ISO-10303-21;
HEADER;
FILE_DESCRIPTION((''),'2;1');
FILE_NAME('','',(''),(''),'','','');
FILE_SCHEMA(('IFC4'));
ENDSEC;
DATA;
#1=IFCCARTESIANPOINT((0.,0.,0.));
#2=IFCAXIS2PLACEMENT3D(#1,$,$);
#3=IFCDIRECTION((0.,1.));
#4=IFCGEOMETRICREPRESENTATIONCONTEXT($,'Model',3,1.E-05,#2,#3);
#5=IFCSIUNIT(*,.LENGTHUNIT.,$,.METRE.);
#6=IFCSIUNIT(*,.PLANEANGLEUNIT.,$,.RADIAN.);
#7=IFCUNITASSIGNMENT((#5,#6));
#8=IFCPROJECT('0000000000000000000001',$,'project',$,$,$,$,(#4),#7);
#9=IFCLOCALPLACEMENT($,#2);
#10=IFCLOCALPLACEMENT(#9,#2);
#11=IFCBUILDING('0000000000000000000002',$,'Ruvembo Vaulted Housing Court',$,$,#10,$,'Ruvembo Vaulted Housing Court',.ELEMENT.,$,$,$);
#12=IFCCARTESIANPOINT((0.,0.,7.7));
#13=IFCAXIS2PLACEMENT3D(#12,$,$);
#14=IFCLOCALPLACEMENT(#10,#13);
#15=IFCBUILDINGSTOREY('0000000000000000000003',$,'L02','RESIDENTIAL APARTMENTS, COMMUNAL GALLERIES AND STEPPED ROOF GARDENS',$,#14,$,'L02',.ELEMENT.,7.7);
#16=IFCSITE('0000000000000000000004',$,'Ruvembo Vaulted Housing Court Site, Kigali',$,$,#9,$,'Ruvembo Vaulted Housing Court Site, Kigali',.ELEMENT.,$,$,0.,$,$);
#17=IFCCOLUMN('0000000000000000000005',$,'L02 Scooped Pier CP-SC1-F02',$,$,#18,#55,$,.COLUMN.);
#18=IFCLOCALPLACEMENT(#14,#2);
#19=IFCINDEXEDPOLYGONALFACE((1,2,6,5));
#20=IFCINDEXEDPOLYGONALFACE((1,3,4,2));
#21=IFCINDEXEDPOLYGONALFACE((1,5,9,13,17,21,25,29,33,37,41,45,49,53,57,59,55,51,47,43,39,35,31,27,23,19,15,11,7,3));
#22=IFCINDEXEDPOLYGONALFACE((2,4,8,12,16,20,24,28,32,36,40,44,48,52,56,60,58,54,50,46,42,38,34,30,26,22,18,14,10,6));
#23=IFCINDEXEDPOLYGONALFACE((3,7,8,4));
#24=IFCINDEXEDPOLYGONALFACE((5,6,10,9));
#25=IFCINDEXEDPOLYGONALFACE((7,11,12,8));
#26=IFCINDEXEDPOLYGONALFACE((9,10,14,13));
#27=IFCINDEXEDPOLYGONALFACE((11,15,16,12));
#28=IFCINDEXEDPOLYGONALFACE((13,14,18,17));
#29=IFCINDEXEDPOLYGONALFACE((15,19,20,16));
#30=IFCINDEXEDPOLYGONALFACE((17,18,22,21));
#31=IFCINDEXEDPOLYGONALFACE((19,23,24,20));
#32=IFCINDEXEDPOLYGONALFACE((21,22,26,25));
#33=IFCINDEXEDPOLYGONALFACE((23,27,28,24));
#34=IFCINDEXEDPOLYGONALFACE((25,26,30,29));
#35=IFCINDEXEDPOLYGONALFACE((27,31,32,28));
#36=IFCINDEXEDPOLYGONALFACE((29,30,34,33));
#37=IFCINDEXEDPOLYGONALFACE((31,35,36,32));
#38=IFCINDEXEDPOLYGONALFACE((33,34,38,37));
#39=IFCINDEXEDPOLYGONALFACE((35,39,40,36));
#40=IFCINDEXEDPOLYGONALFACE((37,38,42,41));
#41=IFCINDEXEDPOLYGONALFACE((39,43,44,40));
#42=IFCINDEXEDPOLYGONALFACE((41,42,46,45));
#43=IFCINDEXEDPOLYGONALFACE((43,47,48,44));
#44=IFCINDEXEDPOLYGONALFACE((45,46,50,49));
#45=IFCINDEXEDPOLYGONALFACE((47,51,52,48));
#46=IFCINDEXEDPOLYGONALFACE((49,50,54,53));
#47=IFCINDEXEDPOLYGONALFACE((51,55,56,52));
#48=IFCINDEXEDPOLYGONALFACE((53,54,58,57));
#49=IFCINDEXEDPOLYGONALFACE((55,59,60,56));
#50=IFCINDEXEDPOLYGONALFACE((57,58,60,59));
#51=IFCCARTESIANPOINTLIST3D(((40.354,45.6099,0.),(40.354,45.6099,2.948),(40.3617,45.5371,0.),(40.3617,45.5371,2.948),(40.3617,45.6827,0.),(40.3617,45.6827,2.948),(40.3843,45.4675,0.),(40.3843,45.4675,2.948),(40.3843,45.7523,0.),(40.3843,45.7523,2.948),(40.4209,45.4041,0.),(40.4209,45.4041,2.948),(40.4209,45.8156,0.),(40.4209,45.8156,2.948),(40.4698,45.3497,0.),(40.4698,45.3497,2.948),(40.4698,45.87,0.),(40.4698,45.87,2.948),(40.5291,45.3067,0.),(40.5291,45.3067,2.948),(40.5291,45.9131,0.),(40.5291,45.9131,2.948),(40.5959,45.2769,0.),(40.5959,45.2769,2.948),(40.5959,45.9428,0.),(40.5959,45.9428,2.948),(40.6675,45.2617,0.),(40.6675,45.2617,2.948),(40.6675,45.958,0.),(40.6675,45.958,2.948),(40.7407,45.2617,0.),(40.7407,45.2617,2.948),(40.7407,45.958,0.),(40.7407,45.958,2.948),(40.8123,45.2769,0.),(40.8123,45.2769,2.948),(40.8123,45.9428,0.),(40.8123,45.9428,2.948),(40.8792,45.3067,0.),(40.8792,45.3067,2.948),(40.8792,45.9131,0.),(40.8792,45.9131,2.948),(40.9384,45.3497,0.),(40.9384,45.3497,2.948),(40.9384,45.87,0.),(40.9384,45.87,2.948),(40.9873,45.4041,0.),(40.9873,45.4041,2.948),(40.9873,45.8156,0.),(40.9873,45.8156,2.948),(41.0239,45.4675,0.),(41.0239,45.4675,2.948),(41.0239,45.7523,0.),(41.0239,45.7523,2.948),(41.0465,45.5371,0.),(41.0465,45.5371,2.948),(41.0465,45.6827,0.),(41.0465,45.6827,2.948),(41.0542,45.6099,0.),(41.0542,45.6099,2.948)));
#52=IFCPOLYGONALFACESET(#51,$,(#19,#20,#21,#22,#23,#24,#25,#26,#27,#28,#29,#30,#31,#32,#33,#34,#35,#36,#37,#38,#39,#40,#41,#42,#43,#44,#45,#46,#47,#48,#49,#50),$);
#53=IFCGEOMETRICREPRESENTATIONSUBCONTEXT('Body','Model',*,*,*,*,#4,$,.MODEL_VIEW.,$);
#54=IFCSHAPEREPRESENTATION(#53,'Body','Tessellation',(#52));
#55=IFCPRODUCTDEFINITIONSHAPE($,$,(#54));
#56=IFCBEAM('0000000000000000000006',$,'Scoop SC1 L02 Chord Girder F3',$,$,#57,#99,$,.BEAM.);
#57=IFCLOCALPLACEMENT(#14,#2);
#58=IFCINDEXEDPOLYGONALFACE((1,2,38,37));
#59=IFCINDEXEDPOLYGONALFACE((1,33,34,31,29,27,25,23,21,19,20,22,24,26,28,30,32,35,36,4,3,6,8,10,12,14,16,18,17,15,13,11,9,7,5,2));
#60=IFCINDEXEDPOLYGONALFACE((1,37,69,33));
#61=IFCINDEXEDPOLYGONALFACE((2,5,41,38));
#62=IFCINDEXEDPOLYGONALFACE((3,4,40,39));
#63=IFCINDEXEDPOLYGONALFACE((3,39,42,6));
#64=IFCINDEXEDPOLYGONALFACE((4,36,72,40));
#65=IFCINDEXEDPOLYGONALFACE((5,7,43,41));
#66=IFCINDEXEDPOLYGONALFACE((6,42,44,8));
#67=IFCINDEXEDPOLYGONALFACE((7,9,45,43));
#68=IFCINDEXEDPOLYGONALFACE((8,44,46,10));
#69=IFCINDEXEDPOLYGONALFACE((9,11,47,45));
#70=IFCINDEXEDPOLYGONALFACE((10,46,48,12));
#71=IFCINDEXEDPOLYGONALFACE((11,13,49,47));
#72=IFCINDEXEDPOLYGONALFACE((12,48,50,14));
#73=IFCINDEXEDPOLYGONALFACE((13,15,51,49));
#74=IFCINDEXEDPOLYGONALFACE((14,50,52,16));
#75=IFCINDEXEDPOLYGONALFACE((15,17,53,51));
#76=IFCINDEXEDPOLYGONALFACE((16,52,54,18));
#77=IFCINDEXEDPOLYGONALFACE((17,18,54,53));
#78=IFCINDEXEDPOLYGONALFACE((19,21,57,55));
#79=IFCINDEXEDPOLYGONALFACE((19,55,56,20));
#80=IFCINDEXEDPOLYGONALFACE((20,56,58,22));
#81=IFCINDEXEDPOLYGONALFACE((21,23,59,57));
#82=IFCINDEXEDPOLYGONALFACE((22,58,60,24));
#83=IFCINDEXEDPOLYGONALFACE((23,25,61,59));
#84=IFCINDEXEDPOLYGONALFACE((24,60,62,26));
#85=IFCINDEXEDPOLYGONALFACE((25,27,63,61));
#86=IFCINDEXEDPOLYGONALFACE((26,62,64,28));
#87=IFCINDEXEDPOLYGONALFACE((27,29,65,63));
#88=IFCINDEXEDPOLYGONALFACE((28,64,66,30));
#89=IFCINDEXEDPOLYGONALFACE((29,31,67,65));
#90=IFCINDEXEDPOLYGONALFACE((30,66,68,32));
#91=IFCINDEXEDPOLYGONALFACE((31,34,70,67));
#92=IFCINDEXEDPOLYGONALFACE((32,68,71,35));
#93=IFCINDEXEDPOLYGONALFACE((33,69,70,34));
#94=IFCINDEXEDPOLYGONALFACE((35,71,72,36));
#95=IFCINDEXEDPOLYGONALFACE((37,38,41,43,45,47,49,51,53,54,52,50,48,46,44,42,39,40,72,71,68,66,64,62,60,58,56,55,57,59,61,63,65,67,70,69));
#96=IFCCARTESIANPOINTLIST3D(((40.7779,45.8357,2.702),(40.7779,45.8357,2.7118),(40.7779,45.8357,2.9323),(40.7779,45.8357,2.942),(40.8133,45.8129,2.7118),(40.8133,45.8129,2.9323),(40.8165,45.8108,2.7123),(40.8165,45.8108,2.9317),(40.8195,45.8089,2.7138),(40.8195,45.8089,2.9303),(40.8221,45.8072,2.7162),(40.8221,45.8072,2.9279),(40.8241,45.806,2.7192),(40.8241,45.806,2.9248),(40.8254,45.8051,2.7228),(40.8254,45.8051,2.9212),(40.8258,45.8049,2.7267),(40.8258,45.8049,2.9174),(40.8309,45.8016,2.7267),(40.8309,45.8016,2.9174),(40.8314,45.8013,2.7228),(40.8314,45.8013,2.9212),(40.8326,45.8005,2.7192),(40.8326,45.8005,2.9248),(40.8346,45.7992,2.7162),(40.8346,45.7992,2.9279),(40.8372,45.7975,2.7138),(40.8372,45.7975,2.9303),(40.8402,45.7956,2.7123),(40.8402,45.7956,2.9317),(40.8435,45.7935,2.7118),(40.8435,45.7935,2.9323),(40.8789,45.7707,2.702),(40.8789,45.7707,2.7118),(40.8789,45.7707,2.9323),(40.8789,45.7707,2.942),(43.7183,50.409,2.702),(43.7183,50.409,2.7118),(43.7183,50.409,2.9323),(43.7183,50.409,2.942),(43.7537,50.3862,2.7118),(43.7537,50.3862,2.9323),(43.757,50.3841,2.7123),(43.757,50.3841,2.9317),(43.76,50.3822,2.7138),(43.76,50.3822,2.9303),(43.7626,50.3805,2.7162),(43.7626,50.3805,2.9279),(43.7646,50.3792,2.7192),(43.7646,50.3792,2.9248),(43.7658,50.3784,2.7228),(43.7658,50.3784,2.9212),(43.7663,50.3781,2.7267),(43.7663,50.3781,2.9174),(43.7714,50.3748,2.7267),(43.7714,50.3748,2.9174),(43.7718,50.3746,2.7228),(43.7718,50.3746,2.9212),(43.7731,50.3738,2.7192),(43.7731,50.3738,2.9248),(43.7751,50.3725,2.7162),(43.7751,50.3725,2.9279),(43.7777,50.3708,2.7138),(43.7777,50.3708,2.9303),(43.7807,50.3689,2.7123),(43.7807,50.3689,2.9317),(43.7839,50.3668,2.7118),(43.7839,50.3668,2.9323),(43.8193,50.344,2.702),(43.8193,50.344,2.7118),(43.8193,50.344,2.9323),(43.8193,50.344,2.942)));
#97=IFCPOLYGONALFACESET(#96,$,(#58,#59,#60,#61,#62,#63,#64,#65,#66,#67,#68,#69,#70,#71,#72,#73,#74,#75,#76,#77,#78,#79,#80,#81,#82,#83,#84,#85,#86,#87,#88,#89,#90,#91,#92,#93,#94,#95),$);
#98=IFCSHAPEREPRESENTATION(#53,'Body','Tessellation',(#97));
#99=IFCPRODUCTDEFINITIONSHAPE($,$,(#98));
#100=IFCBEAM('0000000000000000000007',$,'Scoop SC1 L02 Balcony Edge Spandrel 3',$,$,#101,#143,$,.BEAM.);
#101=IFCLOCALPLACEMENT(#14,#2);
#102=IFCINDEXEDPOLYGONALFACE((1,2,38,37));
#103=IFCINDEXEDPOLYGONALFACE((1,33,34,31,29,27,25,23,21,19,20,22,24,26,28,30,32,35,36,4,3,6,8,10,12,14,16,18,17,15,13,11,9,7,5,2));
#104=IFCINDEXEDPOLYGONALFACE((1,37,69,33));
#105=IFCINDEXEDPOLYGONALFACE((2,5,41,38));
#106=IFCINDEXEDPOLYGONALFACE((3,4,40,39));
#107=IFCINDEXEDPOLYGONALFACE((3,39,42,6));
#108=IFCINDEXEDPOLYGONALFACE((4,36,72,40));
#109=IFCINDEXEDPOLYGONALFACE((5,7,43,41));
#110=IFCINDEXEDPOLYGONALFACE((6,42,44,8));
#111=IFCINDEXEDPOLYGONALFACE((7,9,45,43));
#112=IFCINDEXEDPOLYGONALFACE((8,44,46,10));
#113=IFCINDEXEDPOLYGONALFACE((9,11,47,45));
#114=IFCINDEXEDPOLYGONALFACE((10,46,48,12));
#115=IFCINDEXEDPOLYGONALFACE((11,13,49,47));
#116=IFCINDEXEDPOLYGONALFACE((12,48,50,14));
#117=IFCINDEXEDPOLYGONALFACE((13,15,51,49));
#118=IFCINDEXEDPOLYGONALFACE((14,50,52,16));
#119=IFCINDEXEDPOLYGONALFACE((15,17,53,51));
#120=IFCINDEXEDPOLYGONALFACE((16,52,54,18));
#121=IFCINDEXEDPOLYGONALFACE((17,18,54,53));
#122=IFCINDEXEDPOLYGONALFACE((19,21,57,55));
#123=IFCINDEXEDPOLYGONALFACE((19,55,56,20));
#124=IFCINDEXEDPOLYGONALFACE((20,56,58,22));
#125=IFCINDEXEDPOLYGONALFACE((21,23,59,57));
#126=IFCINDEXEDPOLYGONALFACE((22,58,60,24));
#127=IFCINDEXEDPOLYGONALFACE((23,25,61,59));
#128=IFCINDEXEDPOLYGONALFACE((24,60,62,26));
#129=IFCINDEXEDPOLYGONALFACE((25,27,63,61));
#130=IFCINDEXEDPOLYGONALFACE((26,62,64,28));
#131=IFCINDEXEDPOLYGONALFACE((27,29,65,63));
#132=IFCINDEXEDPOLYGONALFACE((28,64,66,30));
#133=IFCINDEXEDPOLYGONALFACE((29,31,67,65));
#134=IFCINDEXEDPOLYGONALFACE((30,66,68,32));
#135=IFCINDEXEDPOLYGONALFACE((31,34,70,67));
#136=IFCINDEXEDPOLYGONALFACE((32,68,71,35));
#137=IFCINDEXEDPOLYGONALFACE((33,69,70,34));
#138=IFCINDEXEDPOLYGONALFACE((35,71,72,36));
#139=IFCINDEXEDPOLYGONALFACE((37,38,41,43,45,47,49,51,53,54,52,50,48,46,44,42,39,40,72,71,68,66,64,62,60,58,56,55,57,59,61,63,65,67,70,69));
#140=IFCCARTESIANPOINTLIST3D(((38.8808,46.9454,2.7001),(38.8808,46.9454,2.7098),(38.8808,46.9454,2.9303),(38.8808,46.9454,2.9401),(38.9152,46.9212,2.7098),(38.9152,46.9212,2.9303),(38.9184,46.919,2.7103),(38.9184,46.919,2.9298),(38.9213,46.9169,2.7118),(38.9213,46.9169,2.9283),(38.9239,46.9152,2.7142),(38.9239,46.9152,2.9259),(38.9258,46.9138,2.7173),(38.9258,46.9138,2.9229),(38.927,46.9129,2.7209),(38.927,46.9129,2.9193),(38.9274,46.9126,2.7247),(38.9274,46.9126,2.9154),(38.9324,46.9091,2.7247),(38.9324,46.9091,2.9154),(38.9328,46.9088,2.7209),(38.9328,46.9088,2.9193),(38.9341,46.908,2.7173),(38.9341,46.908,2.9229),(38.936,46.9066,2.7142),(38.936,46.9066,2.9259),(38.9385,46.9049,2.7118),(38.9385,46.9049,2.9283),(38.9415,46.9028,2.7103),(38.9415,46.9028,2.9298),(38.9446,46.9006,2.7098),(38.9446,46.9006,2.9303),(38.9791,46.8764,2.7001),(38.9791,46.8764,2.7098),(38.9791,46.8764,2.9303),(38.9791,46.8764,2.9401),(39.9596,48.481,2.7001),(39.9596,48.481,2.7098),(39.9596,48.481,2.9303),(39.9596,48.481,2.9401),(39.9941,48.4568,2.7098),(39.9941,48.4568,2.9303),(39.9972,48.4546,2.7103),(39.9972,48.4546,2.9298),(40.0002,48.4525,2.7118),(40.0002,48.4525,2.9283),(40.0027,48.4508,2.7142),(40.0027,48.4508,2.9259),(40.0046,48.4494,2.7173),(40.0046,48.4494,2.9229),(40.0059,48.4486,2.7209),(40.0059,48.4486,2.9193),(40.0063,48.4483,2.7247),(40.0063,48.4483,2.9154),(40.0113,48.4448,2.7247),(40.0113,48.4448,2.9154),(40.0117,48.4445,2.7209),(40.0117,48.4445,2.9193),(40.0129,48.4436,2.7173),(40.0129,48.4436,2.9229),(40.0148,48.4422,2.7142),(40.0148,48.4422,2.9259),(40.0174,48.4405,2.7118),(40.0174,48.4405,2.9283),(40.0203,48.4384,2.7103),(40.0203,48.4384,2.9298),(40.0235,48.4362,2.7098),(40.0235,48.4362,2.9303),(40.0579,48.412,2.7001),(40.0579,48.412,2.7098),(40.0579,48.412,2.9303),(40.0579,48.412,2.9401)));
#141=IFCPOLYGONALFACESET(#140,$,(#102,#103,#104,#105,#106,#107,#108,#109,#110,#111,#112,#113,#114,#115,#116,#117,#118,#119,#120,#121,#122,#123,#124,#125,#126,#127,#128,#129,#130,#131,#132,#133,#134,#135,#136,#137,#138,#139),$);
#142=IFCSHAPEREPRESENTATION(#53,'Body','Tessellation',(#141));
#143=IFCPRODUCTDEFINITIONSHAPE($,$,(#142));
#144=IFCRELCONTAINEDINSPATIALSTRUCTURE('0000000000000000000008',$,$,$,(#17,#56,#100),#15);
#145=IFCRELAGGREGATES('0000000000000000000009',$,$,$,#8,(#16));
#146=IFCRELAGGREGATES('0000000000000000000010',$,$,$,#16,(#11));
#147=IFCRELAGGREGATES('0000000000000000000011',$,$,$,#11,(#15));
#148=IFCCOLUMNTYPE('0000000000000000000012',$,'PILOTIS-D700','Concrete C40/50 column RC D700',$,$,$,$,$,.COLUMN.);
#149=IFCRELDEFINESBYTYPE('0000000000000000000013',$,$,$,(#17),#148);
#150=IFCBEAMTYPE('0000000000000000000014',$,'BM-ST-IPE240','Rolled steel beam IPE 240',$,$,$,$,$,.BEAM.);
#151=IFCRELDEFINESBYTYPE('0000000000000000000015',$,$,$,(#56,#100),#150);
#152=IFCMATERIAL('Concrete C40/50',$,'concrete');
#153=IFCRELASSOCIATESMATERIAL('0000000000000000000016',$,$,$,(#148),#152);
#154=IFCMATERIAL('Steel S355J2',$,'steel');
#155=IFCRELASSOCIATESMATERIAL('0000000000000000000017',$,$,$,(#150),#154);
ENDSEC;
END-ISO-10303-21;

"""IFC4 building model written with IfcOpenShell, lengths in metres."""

from ifc_helpers import new_model, si_unit, direction, frame, origin, origin_2d, place, context, subcontext, project, spatial, circle, i_section, extrude, material, material_profile, profile_set, type_object, element, save


model = new_model("IFC4")

# Units and contexts
model_context = context("Model", 3, precision=1e-05, world=origin(), true_north=direction((0.0, 1.0)))
body_context = subcontext(model_context, "Body", "Model", "MODEL_VIEW")
ifc_project = project(units=[si_unit("LENGTHUNIT", "METRE"), si_unit("PLANEANGLEUNIT", "RADIAN")], contexts=[model_context])

# Site, building, storey
site_placement = place(None, origin())
site = spatial("IfcSite", under=ifc_project, at=site_placement, Name="Ruvembo Vaulted Housing Court Site, Kigali", LongName="Ruvembo Vaulted Housing Court Site, Kigali", CompositionType="ELEMENT", RefElevation=0.0)
building_placement = place(site_placement, origin())
building = spatial("IfcBuilding", under=site, at=building_placement, Name="Ruvembo Vaulted Housing Court", LongName="Ruvembo Vaulted Housing Court", CompositionType="ELEMENT")
storey_placement = place(building_placement, frame((0.0, 0.0, 7.7)))
storey = spatial("IfcBuildingStorey", under=building, at=storey_placement, Name="L02", Description="RESIDENTIAL APARTMENTS, COMMUNAL GALLERIES AND STEPPED ROOF GARDENS", LongName="L02", CompositionType="ELEMENT", Elevation=7.7)

# Column
ifc_material_1 = material(Name="Concrete C40/50", Category="concrete")
ifc_material_profile_1 = material_profile(ifc_material_1, circle(Radius=0.3501, at=origin_2d()), Name="RC D700")
ifc_profile_set_1 = profile_set([ifc_material_profile_1], Name="Concrete C40/50")
column_type = type_object("IfcColumnType", Name="PILOTIS-D700", Description="Concrete C40/50 column RC D700", PredefinedType="COLUMN", material=ifc_profile_set_1)
column_placement = place(storey_placement, frame((40.7041, 45.6099, 0.0), z_axis=(0.0, 0.0, 1.0), x_axis=(1.0, 0.0, 0.0)))
element("IfcColumn", 1, at=column_placement, inside=storey, type_object=column_type, Name="L02 Scooped Pier CP-SC1-F02", PredefinedType="COLUMN", context=body_context, shape_type="SweptSolid", body=[
    extrude(circle(Radius=0.3501, at=origin_2d()), origin(), (0.0, 0.0, 1.0), 2.948),
])

# Beams
ifc_material_2 = material(Name="Steel S355J2", Category="steel")
ifc_material_profile_2 = material_profile(ifc_material_2, i_section(OverallWidth=0.1201, OverallDepth=0.24, WebThickness=0.0061, FlangeThickness=0.0098, FilletRadius=0.0149, at=origin_2d()), Name="IPE 240")
ifc_profile_set_2 = profile_set([ifc_material_profile_2], Name="Steel S355J2")
beam_type = type_object("IfcBeamType", Name="BM-ST-IPE240", Description="Rolled steel beam IPE 240", PredefinedType="BEAM", material=ifc_profile_set_2)
beam_1_placement = place(storey_placement, frame((40.8284, 45.8032, 2.822), z_axis=(0.540821, 0.841138, 0.0), x_axis=(-0.841138, 0.540821, 0.0)))
element("IfcBeam", 2, at=beam_1_placement, inside=storey, type_object=beam_type, Name="Scoop SC1 L02 Chord Girder F3", PredefinedType="BEAM", context=body_context, shape_type="SweptSolid", body=[
    extrude(i_section(OverallWidth=0.1201, OverallDepth=0.24, WebThickness=0.0061, FlangeThickness=0.0098, FilletRadius=0.0149, at=origin_2d()), origin(), (0.0, 0.0, 1.0), 5.437),
])
beam_2_placement = place(storey_placement, frame((38.9299, 46.9109, 2.8201), z_axis=(0.574858, 0.818253, 0.0), x_axis=(-0.818253, 0.574858, 0.0)))
element("IfcBeam", 3, at=beam_2_placement, inside=storey, type_object=beam_type, Name="Scoop SC1 L02 Balcony Edge Spandrel 3", PredefinedType="BEAM", context=body_context, shape_type="SweptSolid", body=[
    extrude(i_section(OverallWidth=0.1201, OverallDepth=0.24, WebThickness=0.0061, FlangeThickness=0.0098, FilletRadius=0.0149, at=origin_2d()), origin(), (0.0, 0.0, 1.0), 1.8767),
])

save(model, "model.ifc")
